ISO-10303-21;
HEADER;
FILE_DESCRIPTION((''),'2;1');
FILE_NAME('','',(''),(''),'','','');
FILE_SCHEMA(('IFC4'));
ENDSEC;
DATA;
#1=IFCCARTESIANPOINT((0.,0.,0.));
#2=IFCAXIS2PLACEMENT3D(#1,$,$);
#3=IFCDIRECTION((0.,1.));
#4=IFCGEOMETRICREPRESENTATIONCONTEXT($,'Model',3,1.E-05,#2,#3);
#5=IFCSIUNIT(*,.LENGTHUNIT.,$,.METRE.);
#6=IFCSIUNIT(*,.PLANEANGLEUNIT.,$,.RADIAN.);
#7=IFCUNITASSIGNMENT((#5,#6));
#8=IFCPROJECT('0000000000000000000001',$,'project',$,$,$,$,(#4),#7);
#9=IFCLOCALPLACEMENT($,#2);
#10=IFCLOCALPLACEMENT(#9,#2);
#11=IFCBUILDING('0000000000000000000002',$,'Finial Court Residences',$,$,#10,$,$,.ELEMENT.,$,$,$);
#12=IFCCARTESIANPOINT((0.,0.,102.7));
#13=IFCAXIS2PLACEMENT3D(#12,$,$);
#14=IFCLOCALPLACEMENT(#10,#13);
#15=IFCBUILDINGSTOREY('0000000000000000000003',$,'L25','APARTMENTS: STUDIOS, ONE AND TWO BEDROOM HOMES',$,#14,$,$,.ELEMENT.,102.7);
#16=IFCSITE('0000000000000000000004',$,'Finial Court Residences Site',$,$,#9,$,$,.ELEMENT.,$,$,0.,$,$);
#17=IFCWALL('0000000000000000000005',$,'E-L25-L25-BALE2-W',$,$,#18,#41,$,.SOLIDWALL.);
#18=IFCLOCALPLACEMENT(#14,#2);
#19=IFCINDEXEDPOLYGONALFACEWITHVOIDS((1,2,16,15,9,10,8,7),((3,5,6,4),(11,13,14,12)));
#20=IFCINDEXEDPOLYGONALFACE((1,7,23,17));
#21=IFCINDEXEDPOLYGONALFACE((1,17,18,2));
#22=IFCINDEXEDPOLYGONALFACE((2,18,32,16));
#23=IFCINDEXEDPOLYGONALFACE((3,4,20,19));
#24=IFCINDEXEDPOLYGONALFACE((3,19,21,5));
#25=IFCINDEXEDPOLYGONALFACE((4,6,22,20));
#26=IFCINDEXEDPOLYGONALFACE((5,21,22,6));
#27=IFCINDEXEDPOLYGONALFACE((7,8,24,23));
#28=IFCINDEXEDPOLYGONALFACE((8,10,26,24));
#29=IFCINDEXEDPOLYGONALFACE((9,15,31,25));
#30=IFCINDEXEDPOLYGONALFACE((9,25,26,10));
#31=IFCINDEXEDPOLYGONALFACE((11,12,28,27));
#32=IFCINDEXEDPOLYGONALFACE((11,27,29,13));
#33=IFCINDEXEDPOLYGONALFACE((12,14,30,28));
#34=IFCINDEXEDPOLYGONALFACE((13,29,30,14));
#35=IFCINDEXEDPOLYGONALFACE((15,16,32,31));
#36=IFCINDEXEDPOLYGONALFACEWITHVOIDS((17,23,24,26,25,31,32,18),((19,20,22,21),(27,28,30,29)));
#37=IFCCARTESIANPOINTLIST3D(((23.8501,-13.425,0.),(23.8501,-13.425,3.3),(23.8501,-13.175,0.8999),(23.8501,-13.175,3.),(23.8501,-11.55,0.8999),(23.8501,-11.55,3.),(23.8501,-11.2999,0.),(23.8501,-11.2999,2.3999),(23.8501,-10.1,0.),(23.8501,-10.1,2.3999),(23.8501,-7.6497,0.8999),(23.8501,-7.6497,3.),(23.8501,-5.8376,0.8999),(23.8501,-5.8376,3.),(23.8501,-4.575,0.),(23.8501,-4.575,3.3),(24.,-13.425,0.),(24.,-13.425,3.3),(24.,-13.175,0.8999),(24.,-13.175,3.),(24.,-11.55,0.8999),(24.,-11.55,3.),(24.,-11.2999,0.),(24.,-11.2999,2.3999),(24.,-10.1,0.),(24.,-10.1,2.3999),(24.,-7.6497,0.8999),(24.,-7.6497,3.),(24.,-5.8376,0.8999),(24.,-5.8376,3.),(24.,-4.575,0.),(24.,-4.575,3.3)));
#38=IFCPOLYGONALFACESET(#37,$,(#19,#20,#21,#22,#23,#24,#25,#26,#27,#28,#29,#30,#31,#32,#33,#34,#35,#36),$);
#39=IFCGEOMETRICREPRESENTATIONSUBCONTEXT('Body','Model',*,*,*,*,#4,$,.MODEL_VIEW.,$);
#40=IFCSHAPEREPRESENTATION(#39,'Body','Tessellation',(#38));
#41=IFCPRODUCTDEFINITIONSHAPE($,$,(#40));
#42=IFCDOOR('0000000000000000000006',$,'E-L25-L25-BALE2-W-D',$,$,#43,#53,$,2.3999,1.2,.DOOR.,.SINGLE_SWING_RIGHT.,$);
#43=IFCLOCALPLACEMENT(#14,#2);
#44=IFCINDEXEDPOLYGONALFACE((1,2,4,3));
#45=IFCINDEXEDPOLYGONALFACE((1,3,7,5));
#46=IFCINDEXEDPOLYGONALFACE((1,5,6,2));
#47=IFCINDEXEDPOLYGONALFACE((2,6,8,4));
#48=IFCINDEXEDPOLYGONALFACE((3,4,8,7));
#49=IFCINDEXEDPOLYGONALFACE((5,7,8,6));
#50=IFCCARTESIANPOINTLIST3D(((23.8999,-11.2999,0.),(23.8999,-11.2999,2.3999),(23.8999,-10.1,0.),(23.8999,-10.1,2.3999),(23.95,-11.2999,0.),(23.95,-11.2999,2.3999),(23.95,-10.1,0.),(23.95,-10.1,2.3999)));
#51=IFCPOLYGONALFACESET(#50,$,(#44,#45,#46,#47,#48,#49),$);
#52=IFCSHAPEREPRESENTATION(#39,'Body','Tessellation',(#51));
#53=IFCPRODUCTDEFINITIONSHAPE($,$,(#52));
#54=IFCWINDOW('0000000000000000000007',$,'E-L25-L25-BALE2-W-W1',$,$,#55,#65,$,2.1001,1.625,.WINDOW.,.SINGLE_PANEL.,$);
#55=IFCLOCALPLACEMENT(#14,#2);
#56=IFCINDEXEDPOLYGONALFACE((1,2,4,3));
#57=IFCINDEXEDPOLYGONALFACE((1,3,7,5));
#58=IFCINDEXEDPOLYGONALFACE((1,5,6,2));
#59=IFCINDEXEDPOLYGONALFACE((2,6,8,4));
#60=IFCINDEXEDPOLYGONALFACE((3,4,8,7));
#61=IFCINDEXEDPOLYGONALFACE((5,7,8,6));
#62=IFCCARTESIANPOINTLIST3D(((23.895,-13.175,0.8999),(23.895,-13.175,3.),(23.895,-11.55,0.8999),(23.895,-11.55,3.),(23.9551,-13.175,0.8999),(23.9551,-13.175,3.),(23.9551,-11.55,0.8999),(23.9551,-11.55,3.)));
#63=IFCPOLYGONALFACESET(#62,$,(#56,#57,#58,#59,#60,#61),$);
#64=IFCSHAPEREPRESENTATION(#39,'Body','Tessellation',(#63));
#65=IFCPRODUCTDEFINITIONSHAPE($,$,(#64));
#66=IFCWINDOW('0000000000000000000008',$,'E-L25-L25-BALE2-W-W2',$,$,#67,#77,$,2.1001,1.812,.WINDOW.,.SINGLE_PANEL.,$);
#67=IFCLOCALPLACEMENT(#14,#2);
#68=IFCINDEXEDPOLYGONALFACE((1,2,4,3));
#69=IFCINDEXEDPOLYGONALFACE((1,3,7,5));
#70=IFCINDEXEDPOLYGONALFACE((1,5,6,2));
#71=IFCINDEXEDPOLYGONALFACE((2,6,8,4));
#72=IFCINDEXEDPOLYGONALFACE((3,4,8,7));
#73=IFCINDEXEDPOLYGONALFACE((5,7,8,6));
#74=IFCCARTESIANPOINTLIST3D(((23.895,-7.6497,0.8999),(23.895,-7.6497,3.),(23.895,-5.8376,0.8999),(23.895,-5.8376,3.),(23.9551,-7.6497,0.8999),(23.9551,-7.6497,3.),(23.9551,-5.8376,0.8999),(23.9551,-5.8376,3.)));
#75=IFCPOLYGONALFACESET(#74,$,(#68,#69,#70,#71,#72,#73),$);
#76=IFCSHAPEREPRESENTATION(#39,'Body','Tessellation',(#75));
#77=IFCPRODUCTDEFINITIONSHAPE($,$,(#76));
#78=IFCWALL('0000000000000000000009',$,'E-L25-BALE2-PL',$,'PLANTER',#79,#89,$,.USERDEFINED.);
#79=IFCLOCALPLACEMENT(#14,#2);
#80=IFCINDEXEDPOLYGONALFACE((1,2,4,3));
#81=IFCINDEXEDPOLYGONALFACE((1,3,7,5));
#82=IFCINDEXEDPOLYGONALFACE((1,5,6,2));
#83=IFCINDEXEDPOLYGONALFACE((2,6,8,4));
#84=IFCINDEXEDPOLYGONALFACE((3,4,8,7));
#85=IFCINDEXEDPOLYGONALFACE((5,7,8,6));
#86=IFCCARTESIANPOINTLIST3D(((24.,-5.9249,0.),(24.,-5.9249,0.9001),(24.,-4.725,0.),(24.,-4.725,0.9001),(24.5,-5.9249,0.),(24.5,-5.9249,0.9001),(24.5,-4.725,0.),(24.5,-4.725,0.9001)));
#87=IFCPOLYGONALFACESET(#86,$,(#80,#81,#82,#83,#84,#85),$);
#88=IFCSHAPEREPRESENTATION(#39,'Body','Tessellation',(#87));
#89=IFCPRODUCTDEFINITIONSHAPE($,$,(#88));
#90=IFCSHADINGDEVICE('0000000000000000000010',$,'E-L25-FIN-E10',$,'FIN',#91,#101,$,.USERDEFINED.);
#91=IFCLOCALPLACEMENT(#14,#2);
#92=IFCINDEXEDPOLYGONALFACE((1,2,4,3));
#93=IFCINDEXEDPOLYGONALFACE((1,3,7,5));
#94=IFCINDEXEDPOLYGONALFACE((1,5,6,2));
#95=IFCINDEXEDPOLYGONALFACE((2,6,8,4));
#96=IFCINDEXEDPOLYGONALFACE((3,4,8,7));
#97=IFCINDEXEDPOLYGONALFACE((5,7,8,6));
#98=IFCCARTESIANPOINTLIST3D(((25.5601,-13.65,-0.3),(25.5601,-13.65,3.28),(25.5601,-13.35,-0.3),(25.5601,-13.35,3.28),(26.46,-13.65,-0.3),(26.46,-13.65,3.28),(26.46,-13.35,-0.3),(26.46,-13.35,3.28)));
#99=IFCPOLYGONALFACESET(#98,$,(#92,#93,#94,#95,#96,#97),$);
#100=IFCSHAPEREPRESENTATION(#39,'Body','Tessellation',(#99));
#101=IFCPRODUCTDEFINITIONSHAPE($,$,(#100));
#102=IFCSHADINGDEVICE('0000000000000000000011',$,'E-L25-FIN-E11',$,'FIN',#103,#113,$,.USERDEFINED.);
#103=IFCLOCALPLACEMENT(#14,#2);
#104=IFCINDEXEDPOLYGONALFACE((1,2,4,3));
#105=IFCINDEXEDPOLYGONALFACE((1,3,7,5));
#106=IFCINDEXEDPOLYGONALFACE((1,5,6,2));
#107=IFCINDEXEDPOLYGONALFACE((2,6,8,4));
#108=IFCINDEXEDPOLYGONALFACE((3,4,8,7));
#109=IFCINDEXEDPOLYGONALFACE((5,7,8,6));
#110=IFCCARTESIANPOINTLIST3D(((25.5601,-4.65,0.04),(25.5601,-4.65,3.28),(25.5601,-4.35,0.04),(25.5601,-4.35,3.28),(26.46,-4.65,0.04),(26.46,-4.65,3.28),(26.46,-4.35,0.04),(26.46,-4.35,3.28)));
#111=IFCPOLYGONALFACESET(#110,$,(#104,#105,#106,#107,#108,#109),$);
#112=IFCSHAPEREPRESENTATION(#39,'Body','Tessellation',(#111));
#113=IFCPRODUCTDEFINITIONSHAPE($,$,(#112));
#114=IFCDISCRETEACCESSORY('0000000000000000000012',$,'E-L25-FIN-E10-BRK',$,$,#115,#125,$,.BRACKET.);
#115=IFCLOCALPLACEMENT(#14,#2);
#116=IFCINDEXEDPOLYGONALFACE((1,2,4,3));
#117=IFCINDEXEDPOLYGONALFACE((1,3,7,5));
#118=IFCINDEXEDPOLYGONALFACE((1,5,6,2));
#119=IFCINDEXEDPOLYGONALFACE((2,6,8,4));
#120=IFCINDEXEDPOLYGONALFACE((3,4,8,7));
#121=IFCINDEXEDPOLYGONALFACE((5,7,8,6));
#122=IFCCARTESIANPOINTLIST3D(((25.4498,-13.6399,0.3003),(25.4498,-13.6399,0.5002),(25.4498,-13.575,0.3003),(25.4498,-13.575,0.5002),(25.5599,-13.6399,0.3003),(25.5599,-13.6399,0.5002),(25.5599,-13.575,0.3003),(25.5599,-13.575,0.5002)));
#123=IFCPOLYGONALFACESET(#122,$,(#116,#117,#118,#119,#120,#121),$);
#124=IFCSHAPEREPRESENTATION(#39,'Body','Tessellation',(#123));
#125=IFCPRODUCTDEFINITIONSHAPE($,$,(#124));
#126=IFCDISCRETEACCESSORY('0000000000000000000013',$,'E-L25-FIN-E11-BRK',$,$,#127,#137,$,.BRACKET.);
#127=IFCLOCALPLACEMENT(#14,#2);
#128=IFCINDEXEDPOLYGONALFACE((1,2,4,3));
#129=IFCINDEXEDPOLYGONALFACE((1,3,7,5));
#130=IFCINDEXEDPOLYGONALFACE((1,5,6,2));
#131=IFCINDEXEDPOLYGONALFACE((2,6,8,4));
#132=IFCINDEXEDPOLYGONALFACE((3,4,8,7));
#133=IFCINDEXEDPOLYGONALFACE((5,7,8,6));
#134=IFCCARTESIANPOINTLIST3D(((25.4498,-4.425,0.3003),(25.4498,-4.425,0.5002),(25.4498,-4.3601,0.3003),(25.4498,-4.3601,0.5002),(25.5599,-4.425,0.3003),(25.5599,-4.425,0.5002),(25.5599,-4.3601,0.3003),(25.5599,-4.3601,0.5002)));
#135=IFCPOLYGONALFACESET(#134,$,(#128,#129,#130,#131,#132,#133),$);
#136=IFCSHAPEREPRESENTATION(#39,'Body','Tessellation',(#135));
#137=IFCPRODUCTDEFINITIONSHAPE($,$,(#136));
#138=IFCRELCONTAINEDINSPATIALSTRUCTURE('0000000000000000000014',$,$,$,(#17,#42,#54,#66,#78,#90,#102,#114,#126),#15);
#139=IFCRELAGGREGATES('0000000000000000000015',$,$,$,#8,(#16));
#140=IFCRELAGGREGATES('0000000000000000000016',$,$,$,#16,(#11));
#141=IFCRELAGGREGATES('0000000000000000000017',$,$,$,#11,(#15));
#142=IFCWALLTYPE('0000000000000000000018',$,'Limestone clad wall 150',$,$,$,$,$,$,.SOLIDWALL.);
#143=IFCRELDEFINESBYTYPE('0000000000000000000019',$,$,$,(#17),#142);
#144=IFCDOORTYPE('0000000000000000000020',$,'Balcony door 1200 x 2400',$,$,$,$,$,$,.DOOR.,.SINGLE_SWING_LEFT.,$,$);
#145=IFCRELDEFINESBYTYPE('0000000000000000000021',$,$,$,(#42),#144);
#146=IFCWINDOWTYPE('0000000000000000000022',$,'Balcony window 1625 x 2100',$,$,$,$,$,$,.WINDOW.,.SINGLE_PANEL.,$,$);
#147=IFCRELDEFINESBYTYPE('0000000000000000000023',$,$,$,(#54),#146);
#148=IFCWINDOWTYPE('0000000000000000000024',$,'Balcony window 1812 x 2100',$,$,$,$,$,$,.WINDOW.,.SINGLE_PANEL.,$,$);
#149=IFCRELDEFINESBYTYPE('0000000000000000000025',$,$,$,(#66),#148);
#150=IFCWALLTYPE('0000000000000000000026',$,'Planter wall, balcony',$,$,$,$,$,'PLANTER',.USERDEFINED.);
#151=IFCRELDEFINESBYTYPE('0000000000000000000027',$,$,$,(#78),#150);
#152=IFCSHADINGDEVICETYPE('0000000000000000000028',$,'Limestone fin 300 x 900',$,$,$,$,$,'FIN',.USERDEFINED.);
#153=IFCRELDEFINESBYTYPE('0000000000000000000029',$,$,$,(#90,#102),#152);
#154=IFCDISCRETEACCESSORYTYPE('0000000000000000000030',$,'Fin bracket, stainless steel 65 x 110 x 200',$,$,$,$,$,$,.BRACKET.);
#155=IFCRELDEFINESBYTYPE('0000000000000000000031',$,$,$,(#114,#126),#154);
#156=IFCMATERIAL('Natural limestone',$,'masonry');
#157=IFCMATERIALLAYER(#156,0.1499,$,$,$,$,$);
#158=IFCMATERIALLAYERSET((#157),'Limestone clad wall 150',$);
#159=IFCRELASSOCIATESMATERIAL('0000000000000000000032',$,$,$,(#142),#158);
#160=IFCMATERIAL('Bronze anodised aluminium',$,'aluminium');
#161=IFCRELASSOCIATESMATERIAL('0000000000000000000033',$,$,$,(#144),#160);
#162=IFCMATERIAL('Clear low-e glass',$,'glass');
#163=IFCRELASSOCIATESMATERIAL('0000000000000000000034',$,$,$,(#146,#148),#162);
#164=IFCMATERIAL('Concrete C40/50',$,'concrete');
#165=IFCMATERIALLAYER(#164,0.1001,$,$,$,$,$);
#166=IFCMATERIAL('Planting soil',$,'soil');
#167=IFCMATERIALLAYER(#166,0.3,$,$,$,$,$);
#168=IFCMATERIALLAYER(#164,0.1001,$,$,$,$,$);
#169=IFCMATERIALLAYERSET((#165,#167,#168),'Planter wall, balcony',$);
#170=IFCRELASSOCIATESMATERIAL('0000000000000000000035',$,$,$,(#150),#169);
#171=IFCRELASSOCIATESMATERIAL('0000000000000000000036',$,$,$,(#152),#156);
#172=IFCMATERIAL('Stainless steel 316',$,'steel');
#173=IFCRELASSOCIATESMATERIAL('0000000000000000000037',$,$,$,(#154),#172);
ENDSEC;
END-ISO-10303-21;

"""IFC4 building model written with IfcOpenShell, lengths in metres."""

from ifc_helpers import new_model, si_unit, direction, frame, frame_2d, origin, origin_2d, place, context, subcontext, project, spatial, rectangle, extrude, material, layer, layer_set, type_object, element, fill, save


model = new_model("IFC4")

# Units and contexts
model_context = context("Model", 3, precision=1e-05, world=origin(), true_north=direction((0.0, 1.0)))
body_context = subcontext(model_context, "Body", "Model", "MODEL_VIEW")
ifc_project = project(units=[si_unit("LENGTHUNIT", "METRE"), si_unit("PLANEANGLEUNIT", "RADIAN")], contexts=[model_context])

# Site, building, storey
site_placement = place(None, origin())
site = spatial("IfcSite", under=ifc_project, at=site_placement, Name="Finial Court Residences Site", CompositionType="ELEMENT", RefElevation=0.0)
building_placement = place(site_placement, origin())
building = spatial("IfcBuilding", under=site, at=building_placement, Name="Finial Court Residences", CompositionType="ELEMENT")
storey_placement = place(building_placement, frame((0.0, 0.0, 102.7)))
storey = spatial("IfcBuildingStorey", under=building, at=storey_placement, Name="L25", Description="APARTMENTS: STUDIOS, ONE AND TWO BEDROOM HOMES", CompositionType="ELEMENT", Elevation=102.7)

# Shared definitions
ifc_material_1 = material(Name="Bronze anodised aluminium", Category="aluminium")

# Shared definitions
ifc_material_2 = material(Name="Clear low-e glass", Category="glass")

# Shared definitions
ifc_material_3 = material(Name="Natural limestone", Category="masonry")
ifc_layer_1 = layer(ifc_material_3, 0.1499)
ifc_layer_set_1 = layer_set([ifc_layer_1], Name="Limestone clad wall 150")
wall_type_1 = type_object("IfcWallType", Name="Limestone clad wall 150", PredefinedType="SOLIDWALL", material=ifc_layer_set_1)

# Wall, openings, door, windows
wall_1_placement = place(storey_placement, frame((23.925, -4.575, 0.0), z_axis=(0.0, 0.0, 1.0), x_axis=(0.0, -1.0, 0.0)))
wall_1 = element("IfcWall", 1, at=wall_1_placement, inside=storey, type_object=wall_type_1, Name="E-L25-L25-BALE2-W", PredefinedType="SOLIDWALL", context=body_context, shape_type="SweptSolid", body=[
    extrude(rectangle(XDim=8.8501, YDim=0.1499, at=frame_2d((4.425, 0.0))), origin(), (0.0, 0.0, 1.0), 3.3),
])
opening_1_placement = place(wall_1_placement, frame((5.5249, 0.0, 0.0)))
opening_1 = element("IfcOpeningElement", 2, at=opening_1_placement, cuts=wall_1, PredefinedType="OPENING", context=body_context, shape_type="SweptSolid", body=[
    extrude(rectangle(XDim=1.2, YDim=2.3999, at=frame_2d((0.6001, 1.2))), frame((0.0, 0.085, 0.0), z_axis=(0.0, -1.0, 0.0), x_axis=(1.0, 0.0, 0.0)), (0.0, 0.0, 1.0), 0.1699),
])
opening_2_placement = place(wall_1_placement, frame((6.9751, 0.0, 0.8999)))
opening_2 = element("IfcOpeningElement", 3, at=opening_2_placement, cuts=wall_1, PredefinedType="OPENING", context=body_context, shape_type="SweptSolid", body=[
    extrude(rectangle(XDim=1.625, YDim=2.1001, at=frame_2d((0.8125, 1.05))), frame((0.0, 0.085, 0.0), z_axis=(0.0, -1.0, 0.0), x_axis=(1.0, 0.0, 0.0)), (0.0, 0.0, 1.0), 0.1699),
])
opening_3_placement = place(wall_1_placement, frame((1.2627, 0.0, 0.8999)))
opening_3 = element("IfcOpeningElement", 4, at=opening_3_placement, cuts=wall_1, PredefinedType="OPENING", context=body_context, shape_type="SweptSolid", body=[
    extrude(rectangle(XDim=1.812, YDim=2.1001, at=frame_2d((0.906, 1.05))), frame((0.0, 0.085, 0.0), z_axis=(0.0, -1.0, 0.0), x_axis=(1.0, 0.0, 0.0)), (0.0, 0.0, 1.0), 0.1699),
])
door_type_1 = type_object("IfcDoorType", Name="Balcony door 1200 x 2400", OperationType="SINGLE_SWING_LEFT", PredefinedType="DOOR", material=ifc_material_1)
door_1_placement = place(opening_1_placement, origin())
door_1 = element("IfcDoor", 5, at=door_1_placement, inside=storey, type_object=door_type_1, Name="E-L25-L25-BALE2-W-D", OperationType="SINGLE_SWING_RIGHT", OverallHeight=2.3999, OverallWidth=1.2, PredefinedType="DOOR", context=body_context, shape_type="SweptSolid", body=[
    extrude(rectangle(XDim=1.2, YDim=2.3999, at=frame_2d((0.6001, 1.2))), frame((0.0, 0.0249, 0.0), z_axis=(0.0, -1.0, 0.0), x_axis=(1.0, 0.0, 0.0)), (0.0, 0.0, 1.0), 0.05),
])
fill(opening_1, door_1)
window_type_1 = type_object("IfcWindowType", Name="Balcony window 1625 x 2100", PartitioningType="SINGLE_PANEL", PredefinedType="WINDOW", material=ifc_material_2)
window_1_placement = place(opening_2_placement, origin())
window_1 = element("IfcWindow", 6, at=window_1_placement, inside=storey, type_object=window_type_1, Name="E-L25-L25-BALE2-W-W1", OverallHeight=2.1001, OverallWidth=1.625, PartitioningType="SINGLE_PANEL", PredefinedType="WINDOW", context=body_context, shape_type="SweptSolid", body=[
    extrude(rectangle(XDim=1.625, YDim=2.1001, at=frame_2d((0.8125, 1.05))), frame((0.0, 0.03, 0.0), z_axis=(0.0, -1.0, 0.0), x_axis=(1.0, 0.0, 0.0)), (0.0, 0.0, 1.0), 0.0601),
])
fill(opening_2, window_1)
window_type_2 = type_object("IfcWindowType", Name="Balcony window 1812 x 2100", PartitioningType="SINGLE_PANEL", PredefinedType="WINDOW", material=ifc_material_2)
window_2_placement = place(opening_3_placement, origin())
window_2 = element("IfcWindow", 7, at=window_2_placement, inside=storey, type_object=window_type_2, Name="E-L25-L25-BALE2-W-W2", OverallHeight=2.1001, OverallWidth=1.812, PartitioningType="SINGLE_PANEL", PredefinedType="WINDOW", context=body_context, shape_type="SweptSolid", body=[
    extrude(rectangle(XDim=1.812, YDim=2.1001, at=frame_2d((0.906, 1.05))), frame((0.0, 0.03, 0.0), z_axis=(0.0, -1.0, 0.0), x_axis=(1.0, 0.0, 0.0)), (0.0, 0.0, 1.0), 0.0601),
])
fill(opening_3, window_2)

# Wall
ifc_material_4 = material(Name="Concrete C40/50", Category="concrete")
ifc_layer_2 = layer(ifc_material_4, 0.1001)
ifc_material_5 = material(Name="Planting soil", Category="soil")
ifc_layer_3 = layer(ifc_material_5, 0.3)
ifc_layer_4 = layer(ifc_material_4, 0.1001)
ifc_layer_set_2 = layer_set([ifc_layer_2, ifc_layer_3, ifc_layer_4], Name="Planter wall, balcony")
wall_type_2 = type_object("IfcWallType", Name="Planter wall, balcony", ElementType="PLANTER", PredefinedType="USERDEFINED", material=ifc_layer_set_2)
wall_2_placement = place(storey_placement, frame((24.25, -5.925, 0.0), z_axis=(0.0, 0.0, 1.0), x_axis=(0.0, 1.0, 0.0)))
element("IfcWall", 8, at=wall_2_placement, inside=storey, type_object=wall_type_2, Name="E-L25-BALE2-PL", ObjectType="PLANTER", PredefinedType="USERDEFINED", context=body_context, shape_type="SweptSolid", body=[
    extrude(rectangle(XDim=1.2, YDim=0.5, at=frame_2d((0.6001, 0.0))), origin(), (0.0, 0.0, 1.0), 0.9001),
])

# Shading devices
shading_device_type = type_object("IfcShadingDeviceType", Name="Limestone fin 300 x 900", ElementType="FIN", PredefinedType="USERDEFINED", material=ifc_material_3)
shading_device_1_placement = place(storey_placement, frame((26.01, -13.5, -0.3), z_axis=(0.0, 0.0, 1.0), x_axis=(1.0, 0.0, 0.0)))
element("IfcShadingDevice", 9, at=shading_device_1_placement, inside=storey, type_object=shading_device_type, Name="E-L25-FIN-E10", ObjectType="FIN", PredefinedType="USERDEFINED", context=body_context, shape_type="SweptSolid", body=[
    extrude(rectangle(XDim=0.8999, YDim=0.3, at=origin_2d()), origin(), (0.0, 0.0, 1.0), 3.5801),
])
shading_device_2_placement = place(storey_placement, frame((26.01, -4.5, 0.04), z_axis=(0.0, 0.0, 1.0), x_axis=(1.0, 0.0, 0.0)))
element("IfcShadingDevice", 10, at=shading_device_2_placement, inside=storey, type_object=shading_device_type, Name="E-L25-FIN-E11", ObjectType="FIN", PredefinedType="USERDEFINED", context=body_context, shape_type="SweptSolid", body=[
    extrude(rectangle(XDim=0.8999, YDim=0.3, at=origin_2d()), origin(), (0.0, 0.0, 1.0), 3.24),
])

# Discrete accessories
ifc_material_6 = material(Name="Stainless steel 316", Category="steel")
discrete_accessory_type = type_object("IfcDiscreteAccessoryType", Name="Fin bracket, stainless steel 65 x 110 x 200", PredefinedType="BRACKET", material=ifc_material_6)
for number, where, z_axis, x_axis, name in (
    (11, (25.5049, -13.6074, 0.3003), (0.0, 0.0, 1.0), (1.0, 0.0, 0.0), "E-L25-FIN-E10-BRK"),
    (12, (25.5049, -4.3926, 0.3003), (0.0, 0.0, 1.0), (1.0, 0.0, 0.0), "E-L25-FIN-E11-BRK"),
):
    element("IfcDiscreteAccessory", number, at=place(storey_placement, frame(where, z_axis=z_axis, x_axis=x_axis)), inside=storey, type_object=discrete_accessory_type, Name=name, PredefinedType="BRACKET", context=body_context, shape_type="SweptSolid", body=[
        extrude(rectangle(XDim=0.1101, YDim=0.0649, at=origin_2d()), origin(), (0.0, 0.0, 1.0), 0.2),
    ])

save(model, "model.ifc")
